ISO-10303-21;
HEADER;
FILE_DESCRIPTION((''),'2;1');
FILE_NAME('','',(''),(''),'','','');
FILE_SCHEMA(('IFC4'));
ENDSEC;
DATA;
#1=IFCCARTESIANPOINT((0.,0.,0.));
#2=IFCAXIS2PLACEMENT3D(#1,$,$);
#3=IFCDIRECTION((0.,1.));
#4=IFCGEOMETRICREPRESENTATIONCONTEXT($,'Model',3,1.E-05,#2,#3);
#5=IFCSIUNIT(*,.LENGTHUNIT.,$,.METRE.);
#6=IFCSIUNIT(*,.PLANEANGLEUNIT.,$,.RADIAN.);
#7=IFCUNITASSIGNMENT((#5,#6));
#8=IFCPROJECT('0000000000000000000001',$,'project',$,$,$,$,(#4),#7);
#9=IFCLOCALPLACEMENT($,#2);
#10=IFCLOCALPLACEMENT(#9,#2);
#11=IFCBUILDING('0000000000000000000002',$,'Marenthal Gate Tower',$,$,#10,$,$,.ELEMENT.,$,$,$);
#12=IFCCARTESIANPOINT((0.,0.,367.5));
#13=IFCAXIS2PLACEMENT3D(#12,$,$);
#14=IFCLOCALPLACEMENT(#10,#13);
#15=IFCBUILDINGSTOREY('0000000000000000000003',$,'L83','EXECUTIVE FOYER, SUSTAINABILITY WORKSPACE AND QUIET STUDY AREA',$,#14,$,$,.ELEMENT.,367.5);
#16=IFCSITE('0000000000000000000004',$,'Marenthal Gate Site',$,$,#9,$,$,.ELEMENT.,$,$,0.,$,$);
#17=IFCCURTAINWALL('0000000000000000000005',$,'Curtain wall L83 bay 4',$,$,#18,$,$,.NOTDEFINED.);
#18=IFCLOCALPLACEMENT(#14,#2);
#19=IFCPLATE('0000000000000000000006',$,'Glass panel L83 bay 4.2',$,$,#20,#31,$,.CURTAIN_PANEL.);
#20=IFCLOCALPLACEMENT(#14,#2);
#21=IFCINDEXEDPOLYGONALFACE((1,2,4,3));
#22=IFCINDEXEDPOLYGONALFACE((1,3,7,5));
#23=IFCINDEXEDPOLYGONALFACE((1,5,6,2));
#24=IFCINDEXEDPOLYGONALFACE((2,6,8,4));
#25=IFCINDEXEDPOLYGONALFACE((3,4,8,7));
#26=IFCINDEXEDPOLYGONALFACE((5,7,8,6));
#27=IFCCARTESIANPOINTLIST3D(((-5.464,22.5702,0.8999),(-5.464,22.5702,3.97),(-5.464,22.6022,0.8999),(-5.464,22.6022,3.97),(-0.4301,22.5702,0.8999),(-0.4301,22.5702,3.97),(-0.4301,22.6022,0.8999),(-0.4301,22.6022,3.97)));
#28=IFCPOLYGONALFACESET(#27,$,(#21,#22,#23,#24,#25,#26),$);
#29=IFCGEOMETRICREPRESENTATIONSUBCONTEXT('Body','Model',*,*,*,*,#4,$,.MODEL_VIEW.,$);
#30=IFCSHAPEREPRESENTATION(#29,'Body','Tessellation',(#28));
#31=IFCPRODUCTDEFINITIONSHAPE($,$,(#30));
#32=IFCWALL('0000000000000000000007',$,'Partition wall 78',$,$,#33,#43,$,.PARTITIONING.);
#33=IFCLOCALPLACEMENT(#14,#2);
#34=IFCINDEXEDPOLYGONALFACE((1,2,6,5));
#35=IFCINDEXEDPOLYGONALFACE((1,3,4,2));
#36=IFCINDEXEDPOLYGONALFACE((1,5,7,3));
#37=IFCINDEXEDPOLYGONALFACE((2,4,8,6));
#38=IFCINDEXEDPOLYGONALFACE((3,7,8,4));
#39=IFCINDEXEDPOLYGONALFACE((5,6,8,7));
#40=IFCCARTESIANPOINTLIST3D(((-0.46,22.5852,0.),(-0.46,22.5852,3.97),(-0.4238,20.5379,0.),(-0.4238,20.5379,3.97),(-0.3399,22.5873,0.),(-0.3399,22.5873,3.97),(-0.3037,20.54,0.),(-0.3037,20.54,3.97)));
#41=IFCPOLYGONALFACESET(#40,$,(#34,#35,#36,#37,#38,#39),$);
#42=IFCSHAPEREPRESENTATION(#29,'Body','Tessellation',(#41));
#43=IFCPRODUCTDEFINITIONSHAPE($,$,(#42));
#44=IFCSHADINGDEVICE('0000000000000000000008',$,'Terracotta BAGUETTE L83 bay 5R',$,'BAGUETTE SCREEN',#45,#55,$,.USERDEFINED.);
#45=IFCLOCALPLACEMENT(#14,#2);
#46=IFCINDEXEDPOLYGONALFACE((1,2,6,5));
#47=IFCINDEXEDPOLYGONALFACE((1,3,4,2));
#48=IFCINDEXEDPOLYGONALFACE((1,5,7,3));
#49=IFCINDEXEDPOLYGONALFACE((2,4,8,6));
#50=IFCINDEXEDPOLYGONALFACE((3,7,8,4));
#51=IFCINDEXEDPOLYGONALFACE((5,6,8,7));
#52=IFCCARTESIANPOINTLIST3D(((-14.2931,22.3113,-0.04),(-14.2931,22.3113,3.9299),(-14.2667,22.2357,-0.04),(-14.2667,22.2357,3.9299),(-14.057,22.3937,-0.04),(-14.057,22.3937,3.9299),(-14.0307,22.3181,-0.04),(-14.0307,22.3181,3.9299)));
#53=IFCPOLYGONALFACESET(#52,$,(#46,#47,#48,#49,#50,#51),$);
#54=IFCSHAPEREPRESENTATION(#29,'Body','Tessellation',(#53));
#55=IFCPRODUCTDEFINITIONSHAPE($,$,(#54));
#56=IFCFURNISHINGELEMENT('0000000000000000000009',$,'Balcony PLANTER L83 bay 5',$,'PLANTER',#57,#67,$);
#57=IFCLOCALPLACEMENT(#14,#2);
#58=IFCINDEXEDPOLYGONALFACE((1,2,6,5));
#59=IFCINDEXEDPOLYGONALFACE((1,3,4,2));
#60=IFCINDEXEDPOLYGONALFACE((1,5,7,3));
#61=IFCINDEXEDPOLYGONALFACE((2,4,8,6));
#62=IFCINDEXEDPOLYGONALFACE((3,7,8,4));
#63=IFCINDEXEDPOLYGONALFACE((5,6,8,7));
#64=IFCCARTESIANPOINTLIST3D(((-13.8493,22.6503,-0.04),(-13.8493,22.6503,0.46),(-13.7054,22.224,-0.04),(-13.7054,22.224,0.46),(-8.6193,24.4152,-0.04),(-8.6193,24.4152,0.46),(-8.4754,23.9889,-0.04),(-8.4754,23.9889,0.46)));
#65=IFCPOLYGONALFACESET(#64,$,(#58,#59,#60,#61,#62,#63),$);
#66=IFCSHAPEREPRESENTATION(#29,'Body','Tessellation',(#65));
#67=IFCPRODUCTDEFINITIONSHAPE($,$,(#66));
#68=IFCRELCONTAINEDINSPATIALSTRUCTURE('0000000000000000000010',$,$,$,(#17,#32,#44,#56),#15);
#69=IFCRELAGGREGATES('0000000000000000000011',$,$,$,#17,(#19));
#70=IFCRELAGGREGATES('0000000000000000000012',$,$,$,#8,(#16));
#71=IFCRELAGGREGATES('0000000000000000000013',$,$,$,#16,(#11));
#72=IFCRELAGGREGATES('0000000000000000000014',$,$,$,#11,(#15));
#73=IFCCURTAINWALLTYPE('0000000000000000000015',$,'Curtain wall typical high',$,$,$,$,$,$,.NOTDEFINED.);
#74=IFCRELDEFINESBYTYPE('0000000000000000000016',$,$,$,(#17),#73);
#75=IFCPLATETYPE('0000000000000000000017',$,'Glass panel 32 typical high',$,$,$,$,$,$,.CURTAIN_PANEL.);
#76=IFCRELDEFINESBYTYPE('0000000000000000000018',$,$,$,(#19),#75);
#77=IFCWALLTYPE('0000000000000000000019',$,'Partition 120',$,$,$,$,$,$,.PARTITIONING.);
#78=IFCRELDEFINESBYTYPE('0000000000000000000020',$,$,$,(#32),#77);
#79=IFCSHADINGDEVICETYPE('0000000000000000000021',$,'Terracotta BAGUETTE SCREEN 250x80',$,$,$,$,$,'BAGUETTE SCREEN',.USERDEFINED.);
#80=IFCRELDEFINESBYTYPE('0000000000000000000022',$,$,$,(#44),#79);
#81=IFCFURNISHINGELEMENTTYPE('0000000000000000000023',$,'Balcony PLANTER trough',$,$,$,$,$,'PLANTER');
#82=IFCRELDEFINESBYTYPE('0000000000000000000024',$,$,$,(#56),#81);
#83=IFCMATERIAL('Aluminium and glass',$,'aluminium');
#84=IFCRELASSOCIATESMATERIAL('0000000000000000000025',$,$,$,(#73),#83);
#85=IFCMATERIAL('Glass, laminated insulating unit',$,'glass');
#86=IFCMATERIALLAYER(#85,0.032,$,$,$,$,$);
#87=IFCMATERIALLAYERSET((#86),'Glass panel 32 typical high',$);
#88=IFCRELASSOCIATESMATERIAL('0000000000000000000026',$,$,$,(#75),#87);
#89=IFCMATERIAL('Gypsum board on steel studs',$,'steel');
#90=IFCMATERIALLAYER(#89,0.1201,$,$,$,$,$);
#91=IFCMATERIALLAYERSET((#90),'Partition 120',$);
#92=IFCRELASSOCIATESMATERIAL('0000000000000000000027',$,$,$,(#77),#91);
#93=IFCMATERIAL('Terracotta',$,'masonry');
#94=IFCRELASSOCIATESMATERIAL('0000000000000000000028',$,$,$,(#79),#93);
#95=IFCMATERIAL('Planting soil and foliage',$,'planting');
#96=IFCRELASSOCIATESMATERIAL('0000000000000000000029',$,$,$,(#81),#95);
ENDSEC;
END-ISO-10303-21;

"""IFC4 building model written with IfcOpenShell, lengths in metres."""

from ifc_helpers import new_model, si_unit, direction, frame, frame_2d, origin, origin_2d, place, context, subcontext, project, spatial, rectangle, extrude, material, layer, layer_set, material_profile, profile_set, type_object, element, aggregate, save


model = new_model("IFC4")

# Units and contexts
model_context = context("Model", 3, precision=1e-05, world=origin(), true_north=direction((0.0, 1.0)))
body_context = subcontext(model_context, "Body", "Model", "MODEL_VIEW")
ifc_project = project(units=[si_unit("LENGTHUNIT", "METRE"), si_unit("PLANEANGLEUNIT", "RADIAN")], contexts=[model_context])

# Site, building, storey
site_placement = place(None, origin())
site = spatial("IfcSite", under=ifc_project, at=site_placement, Name="Marenthal Gate Site", CompositionType="ELEMENT", RefElevation=0.0)
building_placement = place(site_placement, origin())
building = spatial("IfcBuilding", under=site, at=building_placement, Name="Marenthal Gate Tower", CompositionType="ELEMENT")
storey_placement = place(building_placement, frame((0.0, 0.0, 367.5)))
storey = spatial("IfcBuildingStorey", under=building, at=storey_placement, Name="L83", Description="EXECUTIVE FOYER, SUSTAINABILITY WORKSPACE AND QUIET STUDY AREA", CompositionType="ELEMENT", Elevation=367.5)

# Curtain wall
ifc_material_1 = material(Name="Aluminium and glass", Category="aluminium")
curtain_wall_type = type_object("IfcCurtainWallType", Name="Curtain wall typical high", PredefinedType="NOTDEFINED", material=ifc_material_1)
curtain_wall_placement = place(storey_placement, origin())
curtain_wall = element("IfcCurtainWall", 1, at=curtain_wall_placement, inside=storey, type_object=curtain_wall_type, Name="Curtain wall L83 bay 4", PredefinedType="NOTDEFINED")

# Plate
ifc_material_2 = material(Name="Glass, laminated insulating unit", Category="glass")
ifc_layer_1 = layer(ifc_material_2, 0.032)
ifc_layer_set_1 = layer_set([ifc_layer_1], Name="Glass panel 32 typical high")
plate_type = type_object("IfcPlateType", Name="Glass panel 32 typical high", PredefinedType="CURTAIN_PANEL", material=ifc_layer_set_1)
plate_placement = place(storey_placement, frame((-2.947, 22.5862, 0.8999), z_axis=(0.0, 0.0, 1.0), x_axis=(-1.0, 0.0, 0.0)))
plate = element("IfcPlate", 2, at=plate_placement, type_object=plate_type, Name="Glass panel L83 bay 4.2", PredefinedType="CURTAIN_PANEL", context=body_context, shape_type="SweptSolid", body=[
    extrude(rectangle(XDim=5.0339, YDim=0.032, at=origin_2d()), origin(), (0.0, 0.0, 1.0), 3.0701),
])
aggregate(curtain_wall, [plate])

# Wall
ifc_material_3 = material(Name="Gypsum board on steel studs", Category="steel")
ifc_layer_2 = layer(ifc_material_3, 0.1201)
ifc_layer_set_2 = layer_set([ifc_layer_2], Name="Partition 120")
wall_type_1 = type_object("IfcWallType", Name="Partition 120", PredefinedType="PARTITIONING", material=ifc_layer_set_2)
wall_1_placement = place(storey_placement, frame((-0.3638, 20.5388, 0.0), z_axis=(0.0, 0.0, 1.0), x_axis=(-0.017646, 0.999844, 0.0)))
element("IfcWall", 3, at=wall_1_placement, inside=storey, type_object=wall_type_1, Name="Partition wall 78", PredefinedType="PARTITIONING", context=body_context, shape_type="SweptSolid", body=[
    extrude(rectangle(XDim=2.0476, YDim=0.1201, at=frame_2d((1.0239, 0.0))), origin(), (0.0, 0.0, 1.0), 3.97),
])

# Shading device
ifc_material_4 = material(Name="Terracotta", Category="masonry")
ifc_material_profile_1 = material_profile(ifc_material_4, rectangle(XDim=0.25, YDim=0.0801, at=origin_2d()), Name="Terracotta baguette 250x80")
ifc_profile_set_1 = profile_set([ifc_material_profile_1], Name="Terracotta")
shading_device_type = type_object("IfcShadingDeviceType", Name="Terracotta BAGUETTE SCREEN 250x80", ElementType="BAGUETTE SCREEN", PredefinedType="USERDEFINED", material=ifc_profile_set_1)
shading_device_placement = place(storey_placement, frame((-14.1619, 22.3147, -0.04), z_axis=(0.0, 0.0, 1.0), x_axis=(-0.944118, -0.329607, 0.0)))
element("IfcShadingDevice", 4, at=shading_device_placement, inside=storey, type_object=shading_device_type, Name="Terracotta BAGUETTE L83 bay 5R", ObjectType="BAGUETTE SCREEN", PredefinedType="USERDEFINED", context=body_context, shape_type="SweptSolid", body=[
    extrude(rectangle(XDim=0.25, YDim=0.0801, at=origin_2d()), origin(), (0.0, 0.0, 1.0), 3.97),
])

# Furnishing element
ifc_material_5 = material(Name="Planting soil and foliage", Category="planting")
furnishing_element_type = type_object("IfcFurnishingElementType", Name="Balcony PLANTER trough", ElementType="PLANTER", material=ifc_material_5)
furnishing_placement = place(storey_placement, frame((-11.1624, 23.3196, -0.04), z_axis=(0.0, 0.0, 1.0), x_axis=(-0.947505, -0.31974, 0.0)))
element("IfcFurnishingElement", 5, at=furnishing_placement, inside=storey, type_object=furnishing_element_type, Name="Balcony PLANTER L83 bay 5", ObjectType="PLANTER", context=body_context, shape_type="SweptSolid", body=[
    extrude(rectangle(XDim=5.5198, YDim=0.45, at=origin_2d()), origin(), (0.0, 0.0, 1.0), 0.5),
])

save(model, "model.ifc")
